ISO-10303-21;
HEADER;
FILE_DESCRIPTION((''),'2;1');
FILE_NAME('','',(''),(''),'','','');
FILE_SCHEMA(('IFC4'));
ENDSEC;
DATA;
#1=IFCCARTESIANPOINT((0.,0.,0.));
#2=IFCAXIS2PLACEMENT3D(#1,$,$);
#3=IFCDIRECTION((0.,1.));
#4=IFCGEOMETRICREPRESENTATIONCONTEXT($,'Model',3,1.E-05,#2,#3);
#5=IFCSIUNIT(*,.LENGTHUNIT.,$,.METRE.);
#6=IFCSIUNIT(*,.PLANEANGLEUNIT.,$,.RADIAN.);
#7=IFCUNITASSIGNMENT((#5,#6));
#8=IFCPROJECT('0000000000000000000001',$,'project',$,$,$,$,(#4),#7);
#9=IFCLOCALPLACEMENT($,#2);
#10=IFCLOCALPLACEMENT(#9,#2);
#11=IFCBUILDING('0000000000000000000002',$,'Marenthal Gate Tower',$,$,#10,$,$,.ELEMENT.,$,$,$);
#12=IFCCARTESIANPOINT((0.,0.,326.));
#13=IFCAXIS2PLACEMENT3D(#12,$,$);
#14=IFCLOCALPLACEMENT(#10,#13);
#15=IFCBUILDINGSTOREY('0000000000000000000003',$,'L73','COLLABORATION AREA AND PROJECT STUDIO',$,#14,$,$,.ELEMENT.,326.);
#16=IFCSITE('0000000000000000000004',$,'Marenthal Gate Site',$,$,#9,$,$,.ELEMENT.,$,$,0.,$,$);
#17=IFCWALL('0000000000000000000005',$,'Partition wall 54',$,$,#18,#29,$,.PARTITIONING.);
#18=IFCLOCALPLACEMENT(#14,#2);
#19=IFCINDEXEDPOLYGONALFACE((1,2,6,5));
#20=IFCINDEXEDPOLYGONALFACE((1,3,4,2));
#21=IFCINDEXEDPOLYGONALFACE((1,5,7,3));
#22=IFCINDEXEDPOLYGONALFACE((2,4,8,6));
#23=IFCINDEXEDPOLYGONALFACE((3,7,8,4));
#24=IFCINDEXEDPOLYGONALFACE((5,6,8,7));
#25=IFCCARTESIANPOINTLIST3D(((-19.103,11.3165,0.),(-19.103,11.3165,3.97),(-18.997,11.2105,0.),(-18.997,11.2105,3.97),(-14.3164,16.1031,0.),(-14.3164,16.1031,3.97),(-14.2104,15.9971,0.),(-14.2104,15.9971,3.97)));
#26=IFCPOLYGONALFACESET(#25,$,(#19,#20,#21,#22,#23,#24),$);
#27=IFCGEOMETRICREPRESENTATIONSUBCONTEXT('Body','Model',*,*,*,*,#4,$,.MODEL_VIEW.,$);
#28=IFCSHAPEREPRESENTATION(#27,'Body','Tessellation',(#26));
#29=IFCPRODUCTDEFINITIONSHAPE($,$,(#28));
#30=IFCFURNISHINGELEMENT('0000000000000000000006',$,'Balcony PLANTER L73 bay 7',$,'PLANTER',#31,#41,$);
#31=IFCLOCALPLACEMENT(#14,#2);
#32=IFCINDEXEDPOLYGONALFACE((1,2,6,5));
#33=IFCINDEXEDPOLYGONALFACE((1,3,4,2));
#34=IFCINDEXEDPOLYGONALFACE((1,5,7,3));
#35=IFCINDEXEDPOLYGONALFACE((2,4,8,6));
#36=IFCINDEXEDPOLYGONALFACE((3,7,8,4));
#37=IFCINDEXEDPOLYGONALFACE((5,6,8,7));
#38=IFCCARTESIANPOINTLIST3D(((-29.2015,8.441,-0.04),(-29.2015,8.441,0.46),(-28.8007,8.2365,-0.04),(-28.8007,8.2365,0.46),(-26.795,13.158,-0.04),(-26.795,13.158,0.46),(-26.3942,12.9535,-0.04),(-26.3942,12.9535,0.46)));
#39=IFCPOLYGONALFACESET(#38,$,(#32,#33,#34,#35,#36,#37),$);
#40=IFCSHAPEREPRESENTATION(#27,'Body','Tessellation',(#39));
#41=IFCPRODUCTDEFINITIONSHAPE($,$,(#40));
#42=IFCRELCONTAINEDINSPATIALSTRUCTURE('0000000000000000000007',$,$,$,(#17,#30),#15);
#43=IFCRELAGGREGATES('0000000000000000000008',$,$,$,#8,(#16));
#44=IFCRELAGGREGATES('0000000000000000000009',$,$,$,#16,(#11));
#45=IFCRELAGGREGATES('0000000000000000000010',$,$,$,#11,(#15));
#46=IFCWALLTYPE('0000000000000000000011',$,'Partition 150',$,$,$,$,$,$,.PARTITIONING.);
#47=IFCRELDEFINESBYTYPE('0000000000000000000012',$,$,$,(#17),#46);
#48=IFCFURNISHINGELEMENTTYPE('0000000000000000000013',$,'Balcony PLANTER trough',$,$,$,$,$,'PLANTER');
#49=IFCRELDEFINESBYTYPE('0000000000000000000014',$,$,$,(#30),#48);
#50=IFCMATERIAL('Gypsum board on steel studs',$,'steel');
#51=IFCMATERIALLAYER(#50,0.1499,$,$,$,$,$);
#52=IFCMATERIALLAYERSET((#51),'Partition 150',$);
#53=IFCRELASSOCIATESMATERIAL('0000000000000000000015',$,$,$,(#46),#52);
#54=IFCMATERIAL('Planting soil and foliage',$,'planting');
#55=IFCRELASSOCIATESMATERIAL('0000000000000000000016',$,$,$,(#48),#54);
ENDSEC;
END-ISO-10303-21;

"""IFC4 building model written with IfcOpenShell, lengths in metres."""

from ifc_helpers import new_model, si_unit, direction, frame, frame_2d, origin, origin_2d, place, context, subcontext, project, spatial, rectangle, extrude, material, layer, layer_set, type_object, element, save


model = new_model("IFC4")

# Units and contexts
model_context = context("Model", 3, precision=1e-05, world=origin(), true_north=direction((0.0, 1.0)))
body_context = subcontext(model_context, "Body", "Model", "MODEL_VIEW")
ifc_project = project(units=[si_unit("LENGTHUNIT", "METRE"), si_unit("PLANEANGLEUNIT", "RADIAN")], contexts=[model_context])

# Site, building, storey
site_placement = place(None, origin())
site = spatial("IfcSite", under=ifc_project, at=site_placement, Name="Marenthal Gate Site", CompositionType="ELEMENT", RefElevation=0.0)
building_placement = place(site_placement, origin())
building = spatial("IfcBuilding", under=site, at=building_placement, Name="Marenthal Gate Tower", CompositionType="ELEMENT")
storey_placement = place(building_placement, frame((0.0, 0.0, 326.0)))
storey = spatial("IfcBuildingStorey", under=building, at=storey_placement, Name="L73", Description="COLLABORATION AREA AND PROJECT STUDIO", CompositionType="ELEMENT", Elevation=326.0)

# Wall
ifc_material_1 = material(Name="Gypsum board on steel studs", Category="steel")
ifc_layer_1 = layer(ifc_material_1, 0.1499)
ifc_layer_set_1 = layer_set([ifc_layer_1], Name="Partition 150")
wall_type_1 = type_object("IfcWallType", Name="Partition 150", PredefinedType="PARTITIONING", material=ifc_layer_set_1)
wall_1_placement = place(storey_placement, frame((-19.05, 11.2634, 0.0), z_axis=(0.0, 0.0, 1.0), x_axis=(0.707107, 0.707107, 0.0)))
element("IfcWall", 1, at=wall_1_placement, inside=storey, type_object=wall_type_1, Name="Partition wall 54", PredefinedType="PARTITIONING", context=body_context, shape_type="SweptSolid", body=[
    extrude(rectangle(XDim=6.7693, YDim=0.1499, at=frame_2d((3.3848, 0.0))), origin(), (0.0, 0.0, 1.0), 3.97),
])

# Furnishing element
ifc_material_2 = material(Name="Planting soil and foliage", Category="planting")
furnishing_element_type = type_object("IfcFurnishingElementType", Name="Balcony PLANTER trough", ElementType="PLANTER", material=ifc_material_2)
furnishing_placement = place(storey_placement, frame((-27.7979, 10.6973, -0.04), z_axis=(0.0, 0.0, 1.0), x_axis=(-0.454443, -0.890776, 0.0)))
element("IfcFurnishingElement", 2, at=furnishing_placement, inside=storey, type_object=furnishing_element_type, Name="Balcony PLANTER L73 bay 7", ObjectType="PLANTER", context=body_context, shape_type="SweptSolid", body=[
    extrude(rectangle(XDim=5.2954, YDim=0.45, at=origin_2d()), origin(), (0.0, 0.0, 1.0), 0.5),
])

save(model, "model.ifc")
